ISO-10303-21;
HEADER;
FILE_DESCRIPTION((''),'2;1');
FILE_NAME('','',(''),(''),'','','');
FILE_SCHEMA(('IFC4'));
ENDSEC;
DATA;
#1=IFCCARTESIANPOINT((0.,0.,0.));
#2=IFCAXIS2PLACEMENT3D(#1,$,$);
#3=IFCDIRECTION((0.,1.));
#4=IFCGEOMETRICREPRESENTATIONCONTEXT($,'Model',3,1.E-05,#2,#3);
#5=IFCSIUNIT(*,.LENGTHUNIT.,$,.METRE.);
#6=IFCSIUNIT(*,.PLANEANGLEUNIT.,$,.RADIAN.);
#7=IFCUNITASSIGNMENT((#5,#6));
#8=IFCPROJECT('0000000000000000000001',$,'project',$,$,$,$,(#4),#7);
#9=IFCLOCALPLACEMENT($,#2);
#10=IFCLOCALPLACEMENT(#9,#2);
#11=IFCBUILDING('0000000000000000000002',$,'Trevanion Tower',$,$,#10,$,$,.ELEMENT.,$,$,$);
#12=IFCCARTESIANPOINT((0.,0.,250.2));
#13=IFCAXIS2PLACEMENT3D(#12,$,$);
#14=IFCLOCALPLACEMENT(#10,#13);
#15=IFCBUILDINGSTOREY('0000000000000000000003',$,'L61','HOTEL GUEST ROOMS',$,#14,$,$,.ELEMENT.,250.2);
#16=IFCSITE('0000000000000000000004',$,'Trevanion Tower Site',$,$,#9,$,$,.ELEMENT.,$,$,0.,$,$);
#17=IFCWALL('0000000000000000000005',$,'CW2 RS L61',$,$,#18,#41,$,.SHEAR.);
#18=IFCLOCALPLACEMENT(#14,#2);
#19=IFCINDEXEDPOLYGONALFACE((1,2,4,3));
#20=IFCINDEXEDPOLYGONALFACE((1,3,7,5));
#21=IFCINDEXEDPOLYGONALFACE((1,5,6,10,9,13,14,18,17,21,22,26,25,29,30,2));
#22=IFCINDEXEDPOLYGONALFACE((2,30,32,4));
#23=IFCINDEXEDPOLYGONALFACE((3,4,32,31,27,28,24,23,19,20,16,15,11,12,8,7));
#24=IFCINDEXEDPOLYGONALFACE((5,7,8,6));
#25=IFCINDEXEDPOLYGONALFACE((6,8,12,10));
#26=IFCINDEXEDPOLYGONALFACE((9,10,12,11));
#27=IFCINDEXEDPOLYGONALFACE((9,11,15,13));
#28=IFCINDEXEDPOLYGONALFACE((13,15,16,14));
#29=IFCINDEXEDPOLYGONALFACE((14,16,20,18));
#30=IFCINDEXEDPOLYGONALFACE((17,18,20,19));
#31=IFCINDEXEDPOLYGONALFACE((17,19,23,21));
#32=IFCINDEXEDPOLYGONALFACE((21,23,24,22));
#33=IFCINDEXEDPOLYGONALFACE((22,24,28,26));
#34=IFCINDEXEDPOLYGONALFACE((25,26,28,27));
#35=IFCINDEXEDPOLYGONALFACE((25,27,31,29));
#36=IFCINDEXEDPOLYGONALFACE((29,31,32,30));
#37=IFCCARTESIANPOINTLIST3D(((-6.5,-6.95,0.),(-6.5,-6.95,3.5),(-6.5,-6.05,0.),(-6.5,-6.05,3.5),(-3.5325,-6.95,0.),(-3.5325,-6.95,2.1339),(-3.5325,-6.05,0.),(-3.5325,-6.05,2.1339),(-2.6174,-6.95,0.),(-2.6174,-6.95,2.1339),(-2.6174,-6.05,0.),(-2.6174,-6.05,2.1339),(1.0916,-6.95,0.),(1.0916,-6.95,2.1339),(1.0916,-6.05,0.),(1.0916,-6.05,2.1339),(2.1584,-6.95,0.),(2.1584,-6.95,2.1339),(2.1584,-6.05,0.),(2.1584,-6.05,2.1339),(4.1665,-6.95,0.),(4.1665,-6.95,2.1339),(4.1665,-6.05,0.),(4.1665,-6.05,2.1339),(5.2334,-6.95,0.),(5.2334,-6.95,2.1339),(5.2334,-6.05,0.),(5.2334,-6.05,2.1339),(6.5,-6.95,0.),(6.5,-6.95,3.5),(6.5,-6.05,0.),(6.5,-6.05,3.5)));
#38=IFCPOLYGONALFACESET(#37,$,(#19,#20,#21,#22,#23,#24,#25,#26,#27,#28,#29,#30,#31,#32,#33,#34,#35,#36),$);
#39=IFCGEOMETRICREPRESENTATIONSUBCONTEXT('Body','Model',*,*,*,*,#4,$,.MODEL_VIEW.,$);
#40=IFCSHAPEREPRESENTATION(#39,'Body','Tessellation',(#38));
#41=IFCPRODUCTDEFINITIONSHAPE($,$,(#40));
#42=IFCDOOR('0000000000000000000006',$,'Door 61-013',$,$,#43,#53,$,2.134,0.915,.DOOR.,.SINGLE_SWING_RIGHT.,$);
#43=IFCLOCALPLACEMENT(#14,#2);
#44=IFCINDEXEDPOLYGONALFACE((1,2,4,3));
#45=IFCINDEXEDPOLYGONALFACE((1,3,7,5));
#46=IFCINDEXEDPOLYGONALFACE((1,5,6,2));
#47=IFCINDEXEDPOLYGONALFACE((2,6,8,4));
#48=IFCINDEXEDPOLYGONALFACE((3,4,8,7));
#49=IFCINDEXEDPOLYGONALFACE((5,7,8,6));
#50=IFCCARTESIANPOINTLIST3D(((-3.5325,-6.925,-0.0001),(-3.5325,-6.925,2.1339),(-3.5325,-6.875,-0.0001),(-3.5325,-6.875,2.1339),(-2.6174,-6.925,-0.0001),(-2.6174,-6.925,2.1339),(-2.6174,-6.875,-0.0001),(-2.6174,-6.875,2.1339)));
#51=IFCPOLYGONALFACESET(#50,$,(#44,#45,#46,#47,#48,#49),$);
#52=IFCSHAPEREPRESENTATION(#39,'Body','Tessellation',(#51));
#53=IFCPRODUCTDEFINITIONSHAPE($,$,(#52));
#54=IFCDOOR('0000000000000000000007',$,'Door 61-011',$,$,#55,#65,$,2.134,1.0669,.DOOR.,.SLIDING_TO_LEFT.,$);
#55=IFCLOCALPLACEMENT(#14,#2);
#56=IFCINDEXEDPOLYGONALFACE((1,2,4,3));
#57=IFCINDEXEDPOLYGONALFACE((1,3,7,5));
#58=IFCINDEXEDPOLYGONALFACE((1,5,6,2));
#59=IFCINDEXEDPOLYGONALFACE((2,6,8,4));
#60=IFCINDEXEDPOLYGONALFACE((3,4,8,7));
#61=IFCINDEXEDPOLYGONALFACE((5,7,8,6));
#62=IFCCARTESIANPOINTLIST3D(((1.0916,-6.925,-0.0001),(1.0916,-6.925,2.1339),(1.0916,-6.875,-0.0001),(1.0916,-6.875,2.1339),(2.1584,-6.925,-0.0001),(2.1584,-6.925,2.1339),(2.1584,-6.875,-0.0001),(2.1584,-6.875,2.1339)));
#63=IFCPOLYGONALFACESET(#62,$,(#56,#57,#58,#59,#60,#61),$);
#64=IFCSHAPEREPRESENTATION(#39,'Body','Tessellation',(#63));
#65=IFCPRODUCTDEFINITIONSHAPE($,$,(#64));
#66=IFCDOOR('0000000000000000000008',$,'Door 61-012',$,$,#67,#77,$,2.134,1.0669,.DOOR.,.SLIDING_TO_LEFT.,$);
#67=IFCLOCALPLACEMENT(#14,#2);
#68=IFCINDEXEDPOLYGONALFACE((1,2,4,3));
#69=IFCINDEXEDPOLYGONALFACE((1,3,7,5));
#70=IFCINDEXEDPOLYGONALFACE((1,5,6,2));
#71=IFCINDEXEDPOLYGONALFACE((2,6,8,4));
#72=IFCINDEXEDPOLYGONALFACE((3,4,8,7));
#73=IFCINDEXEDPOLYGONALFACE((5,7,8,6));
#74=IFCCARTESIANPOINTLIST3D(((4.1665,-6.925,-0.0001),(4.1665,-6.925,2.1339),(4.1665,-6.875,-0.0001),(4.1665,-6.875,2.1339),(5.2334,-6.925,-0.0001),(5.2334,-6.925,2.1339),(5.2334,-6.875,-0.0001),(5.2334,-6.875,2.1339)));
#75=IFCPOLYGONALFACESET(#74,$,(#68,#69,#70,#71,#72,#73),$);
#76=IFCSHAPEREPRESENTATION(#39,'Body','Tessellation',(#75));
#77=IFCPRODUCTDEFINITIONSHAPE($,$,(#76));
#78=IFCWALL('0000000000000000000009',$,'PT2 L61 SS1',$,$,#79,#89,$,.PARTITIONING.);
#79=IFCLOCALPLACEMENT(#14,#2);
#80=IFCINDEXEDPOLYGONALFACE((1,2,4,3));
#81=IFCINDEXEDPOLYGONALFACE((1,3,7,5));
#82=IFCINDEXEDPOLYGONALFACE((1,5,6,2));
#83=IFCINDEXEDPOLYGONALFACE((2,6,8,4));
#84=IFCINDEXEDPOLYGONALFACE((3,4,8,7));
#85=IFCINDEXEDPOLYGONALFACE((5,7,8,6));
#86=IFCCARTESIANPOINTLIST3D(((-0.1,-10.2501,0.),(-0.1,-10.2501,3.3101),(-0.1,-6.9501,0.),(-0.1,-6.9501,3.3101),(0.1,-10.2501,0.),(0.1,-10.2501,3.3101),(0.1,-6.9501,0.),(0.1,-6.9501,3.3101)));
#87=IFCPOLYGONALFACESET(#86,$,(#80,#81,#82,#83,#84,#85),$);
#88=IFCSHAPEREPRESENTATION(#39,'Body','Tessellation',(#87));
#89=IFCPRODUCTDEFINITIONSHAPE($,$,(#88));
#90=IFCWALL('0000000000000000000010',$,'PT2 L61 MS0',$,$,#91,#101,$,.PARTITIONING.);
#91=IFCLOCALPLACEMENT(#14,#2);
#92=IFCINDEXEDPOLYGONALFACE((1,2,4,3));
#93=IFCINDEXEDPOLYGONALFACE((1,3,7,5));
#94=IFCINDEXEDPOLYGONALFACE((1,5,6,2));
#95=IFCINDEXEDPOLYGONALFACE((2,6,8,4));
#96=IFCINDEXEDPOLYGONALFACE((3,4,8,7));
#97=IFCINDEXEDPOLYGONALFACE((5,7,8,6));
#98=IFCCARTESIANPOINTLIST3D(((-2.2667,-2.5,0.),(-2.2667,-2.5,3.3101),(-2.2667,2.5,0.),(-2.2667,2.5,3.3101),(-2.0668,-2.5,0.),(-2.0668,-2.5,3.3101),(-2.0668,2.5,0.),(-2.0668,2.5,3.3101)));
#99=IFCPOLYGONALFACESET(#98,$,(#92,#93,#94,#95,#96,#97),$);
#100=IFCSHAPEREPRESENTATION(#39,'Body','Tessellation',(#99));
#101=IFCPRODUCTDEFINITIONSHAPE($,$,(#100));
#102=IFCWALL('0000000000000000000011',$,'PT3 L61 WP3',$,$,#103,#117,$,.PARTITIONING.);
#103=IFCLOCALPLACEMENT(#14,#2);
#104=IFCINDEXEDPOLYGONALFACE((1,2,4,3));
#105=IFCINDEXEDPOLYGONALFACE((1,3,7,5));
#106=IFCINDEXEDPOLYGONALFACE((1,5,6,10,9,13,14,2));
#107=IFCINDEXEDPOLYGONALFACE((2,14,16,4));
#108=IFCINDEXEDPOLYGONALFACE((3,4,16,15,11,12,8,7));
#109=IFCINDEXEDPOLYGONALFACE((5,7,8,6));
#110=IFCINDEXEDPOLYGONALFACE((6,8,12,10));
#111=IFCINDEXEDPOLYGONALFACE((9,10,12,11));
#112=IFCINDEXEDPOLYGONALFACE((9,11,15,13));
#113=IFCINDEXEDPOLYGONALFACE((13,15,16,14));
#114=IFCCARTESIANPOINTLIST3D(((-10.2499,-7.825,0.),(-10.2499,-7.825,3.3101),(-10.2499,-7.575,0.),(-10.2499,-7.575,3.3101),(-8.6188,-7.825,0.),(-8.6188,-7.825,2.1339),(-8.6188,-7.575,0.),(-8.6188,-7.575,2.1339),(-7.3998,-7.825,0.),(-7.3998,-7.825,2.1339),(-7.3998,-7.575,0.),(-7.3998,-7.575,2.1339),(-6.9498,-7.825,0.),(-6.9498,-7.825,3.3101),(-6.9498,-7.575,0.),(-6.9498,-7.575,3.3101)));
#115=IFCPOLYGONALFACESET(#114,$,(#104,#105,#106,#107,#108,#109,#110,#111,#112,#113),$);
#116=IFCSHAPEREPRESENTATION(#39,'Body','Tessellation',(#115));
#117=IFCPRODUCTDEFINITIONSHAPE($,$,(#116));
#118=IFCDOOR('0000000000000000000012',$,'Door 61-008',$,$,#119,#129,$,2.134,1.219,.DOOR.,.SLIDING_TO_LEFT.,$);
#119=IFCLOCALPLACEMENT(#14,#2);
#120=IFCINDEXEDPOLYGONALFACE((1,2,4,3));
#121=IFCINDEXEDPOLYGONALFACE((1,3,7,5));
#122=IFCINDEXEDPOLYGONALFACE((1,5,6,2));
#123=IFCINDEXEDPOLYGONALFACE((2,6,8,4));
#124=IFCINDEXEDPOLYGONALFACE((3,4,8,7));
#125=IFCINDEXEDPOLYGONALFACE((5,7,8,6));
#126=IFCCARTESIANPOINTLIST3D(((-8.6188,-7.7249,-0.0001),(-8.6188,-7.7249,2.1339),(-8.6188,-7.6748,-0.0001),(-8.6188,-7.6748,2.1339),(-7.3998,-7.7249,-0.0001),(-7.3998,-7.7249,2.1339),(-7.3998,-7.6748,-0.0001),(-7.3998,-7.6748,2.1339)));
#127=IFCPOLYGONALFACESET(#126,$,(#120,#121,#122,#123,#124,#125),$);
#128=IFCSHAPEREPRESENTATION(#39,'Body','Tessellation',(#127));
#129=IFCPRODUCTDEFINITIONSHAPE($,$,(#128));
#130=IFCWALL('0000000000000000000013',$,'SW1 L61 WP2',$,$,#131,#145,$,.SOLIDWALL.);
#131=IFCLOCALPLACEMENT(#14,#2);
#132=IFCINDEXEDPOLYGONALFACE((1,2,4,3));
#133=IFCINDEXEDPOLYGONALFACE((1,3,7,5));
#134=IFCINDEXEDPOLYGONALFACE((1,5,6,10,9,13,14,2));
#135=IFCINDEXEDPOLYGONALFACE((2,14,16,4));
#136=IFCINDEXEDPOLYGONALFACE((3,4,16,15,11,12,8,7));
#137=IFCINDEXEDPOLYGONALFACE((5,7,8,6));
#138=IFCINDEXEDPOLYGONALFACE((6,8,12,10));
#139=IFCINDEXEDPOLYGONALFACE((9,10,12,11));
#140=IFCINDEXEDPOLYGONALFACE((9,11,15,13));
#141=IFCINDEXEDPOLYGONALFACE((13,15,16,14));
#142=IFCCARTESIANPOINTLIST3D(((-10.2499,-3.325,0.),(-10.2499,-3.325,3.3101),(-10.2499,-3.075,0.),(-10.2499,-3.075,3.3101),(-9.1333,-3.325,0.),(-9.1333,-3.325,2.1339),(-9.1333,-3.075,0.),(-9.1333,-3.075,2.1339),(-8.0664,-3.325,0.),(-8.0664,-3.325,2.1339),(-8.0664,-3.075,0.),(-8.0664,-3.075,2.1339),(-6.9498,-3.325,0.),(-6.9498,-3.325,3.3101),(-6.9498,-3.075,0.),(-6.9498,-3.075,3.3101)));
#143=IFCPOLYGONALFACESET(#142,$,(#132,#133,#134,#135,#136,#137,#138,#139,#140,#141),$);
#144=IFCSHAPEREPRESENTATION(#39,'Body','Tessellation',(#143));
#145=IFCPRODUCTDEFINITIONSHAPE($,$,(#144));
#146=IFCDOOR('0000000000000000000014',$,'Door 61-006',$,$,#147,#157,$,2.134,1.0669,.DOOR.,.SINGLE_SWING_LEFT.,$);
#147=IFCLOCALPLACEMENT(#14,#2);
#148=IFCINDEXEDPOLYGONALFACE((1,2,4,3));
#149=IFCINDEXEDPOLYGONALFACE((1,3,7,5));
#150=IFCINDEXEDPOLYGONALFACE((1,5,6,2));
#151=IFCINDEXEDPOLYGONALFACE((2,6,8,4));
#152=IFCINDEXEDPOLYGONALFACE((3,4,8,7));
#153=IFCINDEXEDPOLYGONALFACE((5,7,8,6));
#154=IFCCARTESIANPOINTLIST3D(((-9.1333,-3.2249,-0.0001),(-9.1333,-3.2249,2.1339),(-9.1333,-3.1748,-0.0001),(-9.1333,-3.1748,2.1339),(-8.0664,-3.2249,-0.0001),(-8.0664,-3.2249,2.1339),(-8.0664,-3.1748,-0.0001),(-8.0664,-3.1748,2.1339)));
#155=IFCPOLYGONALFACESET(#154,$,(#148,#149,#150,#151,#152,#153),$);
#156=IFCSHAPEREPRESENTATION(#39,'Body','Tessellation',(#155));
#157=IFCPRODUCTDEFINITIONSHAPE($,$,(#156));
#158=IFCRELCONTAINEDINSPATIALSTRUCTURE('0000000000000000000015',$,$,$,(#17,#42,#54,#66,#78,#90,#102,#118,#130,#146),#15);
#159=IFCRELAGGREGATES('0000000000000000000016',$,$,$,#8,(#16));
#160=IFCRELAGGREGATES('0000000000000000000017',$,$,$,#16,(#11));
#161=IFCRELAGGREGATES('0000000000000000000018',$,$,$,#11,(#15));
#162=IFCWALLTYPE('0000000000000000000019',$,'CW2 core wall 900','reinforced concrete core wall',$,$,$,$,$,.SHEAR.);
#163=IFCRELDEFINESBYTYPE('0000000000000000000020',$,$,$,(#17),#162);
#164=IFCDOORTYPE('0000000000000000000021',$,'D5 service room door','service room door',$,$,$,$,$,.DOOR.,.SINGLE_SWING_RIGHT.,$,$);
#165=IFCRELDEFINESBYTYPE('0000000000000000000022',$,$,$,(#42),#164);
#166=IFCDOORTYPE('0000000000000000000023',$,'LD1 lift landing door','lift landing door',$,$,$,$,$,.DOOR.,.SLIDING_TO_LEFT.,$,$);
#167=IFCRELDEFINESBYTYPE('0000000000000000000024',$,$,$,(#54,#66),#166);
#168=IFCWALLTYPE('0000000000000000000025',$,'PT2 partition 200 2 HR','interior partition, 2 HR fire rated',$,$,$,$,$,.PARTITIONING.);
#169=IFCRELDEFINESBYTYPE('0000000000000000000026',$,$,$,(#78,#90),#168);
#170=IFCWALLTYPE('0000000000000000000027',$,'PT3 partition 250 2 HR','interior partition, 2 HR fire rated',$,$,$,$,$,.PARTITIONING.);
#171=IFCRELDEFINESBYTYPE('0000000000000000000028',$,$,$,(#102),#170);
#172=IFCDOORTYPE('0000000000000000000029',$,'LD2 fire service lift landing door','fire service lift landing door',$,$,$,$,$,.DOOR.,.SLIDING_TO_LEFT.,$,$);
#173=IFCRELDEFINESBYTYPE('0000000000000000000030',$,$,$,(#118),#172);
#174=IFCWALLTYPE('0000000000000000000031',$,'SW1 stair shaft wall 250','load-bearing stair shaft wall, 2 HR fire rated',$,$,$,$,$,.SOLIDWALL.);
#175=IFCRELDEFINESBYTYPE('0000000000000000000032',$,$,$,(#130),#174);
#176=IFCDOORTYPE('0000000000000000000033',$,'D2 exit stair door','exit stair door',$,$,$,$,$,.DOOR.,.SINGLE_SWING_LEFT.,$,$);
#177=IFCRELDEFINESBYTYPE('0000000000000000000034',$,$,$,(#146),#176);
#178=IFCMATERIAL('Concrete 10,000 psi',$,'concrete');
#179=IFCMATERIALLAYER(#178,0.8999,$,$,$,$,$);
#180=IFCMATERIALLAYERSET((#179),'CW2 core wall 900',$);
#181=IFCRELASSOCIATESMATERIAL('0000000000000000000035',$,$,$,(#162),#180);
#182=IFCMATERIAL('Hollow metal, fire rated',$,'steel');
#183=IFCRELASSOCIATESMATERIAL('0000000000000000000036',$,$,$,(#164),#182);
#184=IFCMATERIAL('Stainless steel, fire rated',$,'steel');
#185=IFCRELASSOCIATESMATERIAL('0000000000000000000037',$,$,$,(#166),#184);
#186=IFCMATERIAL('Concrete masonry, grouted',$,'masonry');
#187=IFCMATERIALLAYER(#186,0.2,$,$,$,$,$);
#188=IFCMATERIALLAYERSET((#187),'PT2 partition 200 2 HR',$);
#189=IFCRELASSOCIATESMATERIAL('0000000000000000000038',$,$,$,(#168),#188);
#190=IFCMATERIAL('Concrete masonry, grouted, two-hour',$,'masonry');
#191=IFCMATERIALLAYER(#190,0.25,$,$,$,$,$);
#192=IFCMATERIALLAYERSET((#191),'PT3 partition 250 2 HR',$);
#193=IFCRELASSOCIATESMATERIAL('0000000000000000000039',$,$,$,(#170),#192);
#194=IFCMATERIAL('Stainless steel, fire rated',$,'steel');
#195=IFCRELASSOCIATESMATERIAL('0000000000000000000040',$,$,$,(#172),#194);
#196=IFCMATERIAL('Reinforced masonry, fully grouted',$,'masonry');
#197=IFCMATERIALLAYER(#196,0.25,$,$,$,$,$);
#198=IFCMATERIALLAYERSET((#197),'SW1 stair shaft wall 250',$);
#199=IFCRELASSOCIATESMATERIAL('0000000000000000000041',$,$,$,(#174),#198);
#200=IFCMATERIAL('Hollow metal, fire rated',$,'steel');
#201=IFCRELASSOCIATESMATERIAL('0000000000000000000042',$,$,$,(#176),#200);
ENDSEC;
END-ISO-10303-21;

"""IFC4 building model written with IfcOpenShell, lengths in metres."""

from ifc_helpers import new_model, si_unit, direction, frame, frame_2d, origin, place, context, subcontext, project, spatial, rectangle, extrude, material, layer, layer_set, type_object, element, fill, save


model = new_model("IFC4")

# Units and contexts
model_context = context("Model", 3, precision=1e-05, world=origin(), true_north=direction((0.0, 1.0)))
body_context = subcontext(model_context, "Body", "Model", "MODEL_VIEW")
ifc_project = project(units=[si_unit("LENGTHUNIT", "METRE"), si_unit("PLANEANGLEUNIT", "RADIAN")], contexts=[model_context])

# Site, building, storey
site_placement = place(None, origin())
site = spatial("IfcSite", under=ifc_project, at=site_placement, Name="Trevanion Tower Site", CompositionType="ELEMENT", RefElevation=0.0)
building_placement = place(site_placement, origin())
building = spatial("IfcBuilding", under=site, at=building_placement, Name="Trevanion Tower", CompositionType="ELEMENT")
storey_placement = place(building_placement, frame((0.0, 0.0, 250.2)))
storey = spatial("IfcBuildingStorey", under=building, at=storey_placement, Name="L61", Description="HOTEL GUEST ROOMS", CompositionType="ELEMENT", Elevation=250.2)

# Shared definitions
ifc_material_1 = material(Name="Concrete 10,000 psi", Category="concrete")
ifc_layer_1 = layer(ifc_material_1, 0.8999)
ifc_layer_set_1 = layer_set([ifc_layer_1], Name="CW2 core wall 900")
wall_type_1 = type_object("IfcWallType", Name="CW2 core wall 900", Description="reinforced concrete core wall", PredefinedType="SHEAR", material=ifc_layer_set_1)

# Wall, openings, doors
wall_1_placement = place(storey_placement, frame((-6.5, -6.5, 0.0), z_axis=(0.0, 0.0, 1.0), x_axis=(1.0, 0.0, 0.0)))
wall_1 = element("IfcWall", 1, at=wall_1_placement, inside=storey, type_object=wall_type_1, Name="CW2 RS L61", PredefinedType="SHEAR", context=body_context, shape_type="SweptSolid", body=[
    extrude(rectangle(XDim=13.0, YDim=0.8999, at=frame_2d((6.5, 0.0))), origin(), (0.0, 0.0, 1.0), 3.5),
])
opening_1_placement = place(wall_1_placement, frame((7.5916, 0.0, 0.0)))
opening_1 = element("IfcOpeningElement", 2, at=opening_1_placement, cuts=wall_1, PredefinedType="OPENING", context=body_context, shape_type="SweptSolid", body=[
    extrude(rectangle(XDim=1.0669, YDim=2.134, at=frame_2d((0.5334, 1.0669))), frame((0.0, 0.46, 0.0), z_axis=(0.0, -1.0, 0.0), x_axis=(1.0, 0.0, 0.0)), (0.0, 0.0, 1.0), 0.9199),
])
opening_2_placement = place(wall_1_placement, frame((10.6665, 0.0, 0.0)))
opening_2 = element("IfcOpeningElement", 3, at=opening_2_placement, cuts=wall_1, PredefinedType="OPENING", context=body_context, shape_type="SweptSolid", body=[
    extrude(rectangle(XDim=1.0669, YDim=2.134, at=frame_2d((0.5334, 1.0669))), frame((0.0, 0.46, 0.0), z_axis=(0.0, -1.0, 0.0), x_axis=(1.0, 0.0, 0.0)), (0.0, 0.0, 1.0), 0.9199),
])
opening_3_placement = place(wall_1_placement, frame((2.9675, 0.0, 0.0)))
opening_3 = element("IfcOpeningElement", 4, at=opening_3_placement, cuts=wall_1, PredefinedType="OPENING", context=body_context, shape_type="SweptSolid", body=[
    extrude(rectangle(XDim=0.915, YDim=2.134, at=frame_2d((0.4575, 1.0669))), frame((0.0, 0.46, 0.0), z_axis=(0.0, -1.0, 0.0), x_axis=(1.0, 0.0, 0.0)), (0.0, 0.0, 1.0), 0.9199),
])
ifc_material_2 = material(Name="Hollow metal, fire rated", Category="steel")
door_type_1 = type_object("IfcDoorType", Name="D5 service room door", Description="service room door", OperationType="SINGLE_SWING_RIGHT", PredefinedType="DOOR", material=ifc_material_2)
door_1_placement = place(opening_3_placement, origin())
door_1 = element("IfcDoor", 5, at=door_1_placement, inside=storey, type_object=door_type_1, Name="Door 61-013", OperationType="SINGLE_SWING_RIGHT", OverallHeight=2.134, OverallWidth=0.915, PredefinedType="DOOR", context=body_context, shape_type="SweptSolid", body=[
    extrude(rectangle(XDim=0.915, YDim=2.134, at=frame_2d((0.4575, 1.0669))), frame((0.0, -0.375, 0.0), z_axis=(0.0, -1.0, 0.0), x_axis=(1.0, 0.0, 0.0)), (0.0, 0.0, 1.0), 0.05),
])
fill(opening_3, door_1)
ifc_material_3 = material(Name="Stainless steel, fire rated", Category="steel")
door_type_2 = type_object("IfcDoorType", Name="LD1 lift landing door", Description="lift landing door", OperationType="SLIDING_TO_LEFT", PredefinedType="DOOR", material=ifc_material_3)
door_2_placement = place(opening_1_placement, origin())
door_2 = element("IfcDoor", 6, at=door_2_placement, inside=storey, type_object=door_type_2, Name="Door 61-011", OperationType="SLIDING_TO_LEFT", OverallHeight=2.134, OverallWidth=1.0669, PredefinedType="DOOR", context=body_context, shape_type="SweptSolid", body=[
    extrude(rectangle(XDim=1.0669, YDim=2.134, at=frame_2d((0.5334, 1.0669))), frame((0.0, -0.375, 0.0), z_axis=(0.0, -1.0, 0.0), x_axis=(1.0, 0.0, 0.0)), (0.0, 0.0, 1.0), 0.05),
])
fill(opening_1, door_2)
door_3_placement = place(opening_2_placement, origin())
door_3 = element("IfcDoor", 7, at=door_3_placement, inside=storey, type_object=door_type_2, Name="Door 61-012", OperationType="SLIDING_TO_LEFT", OverallHeight=2.134, OverallWidth=1.0669, PredefinedType="DOOR", context=body_context, shape_type="SweptSolid", body=[
    extrude(rectangle(XDim=1.0669, YDim=2.134, at=frame_2d((0.5334, 1.0669))), frame((0.0, -0.375, 0.0), z_axis=(0.0, -1.0, 0.0), x_axis=(1.0, 0.0, 0.0)), (0.0, 0.0, 1.0), 0.05),
])
fill(opening_2, door_3)

# Walls
ifc_material_4 = material(Name="Concrete masonry, grouted", Category="masonry")
ifc_layer_2 = layer(ifc_material_4, 0.2)
ifc_layer_set_2 = layer_set([ifc_layer_2], Name="PT2 partition 200 2 HR")
wall_type_2 = type_object("IfcWallType", Name="PT2 partition 200 2 HR", Description="interior partition, 2 HR fire rated", PredefinedType="PARTITIONING", material=ifc_layer_set_2)
wall_2_placement = place(storey_placement, frame((0.0, -10.25, 0.0), z_axis=(0.0, 0.0, 1.0), x_axis=(0.0, 1.0, 0.0)))
element("IfcWall", 8, at=wall_2_placement, inside=storey, type_object=wall_type_2, Name="PT2 L61 SS1", PredefinedType="PARTITIONING", context=body_context, shape_type="SweptSolid", body=[
    extrude(rectangle(XDim=3.3, YDim=0.2, at=frame_2d((1.6499, 0.0))), origin(), (0.0, 0.0, 1.0), 3.3101),
])
wall_3_placement = place(storey_placement, frame((-2.1667, -2.5, 0.0), z_axis=(0.0, 0.0, 1.0), x_axis=(0.0, 1.0, 0.0)))
element("IfcWall", 9, at=wall_3_placement, inside=storey, type_object=wall_type_2, Name="PT2 L61 MS0", PredefinedType="PARTITIONING", context=body_context, shape_type="SweptSolid", body=[
    extrude(rectangle(XDim=5.0, YDim=0.2, at=frame_2d((2.5, 0.0))), origin(), (0.0, 0.0, 1.0), 3.3101),
])

# Walls, openings, doors
ifc_material_5 = material(Name="Concrete masonry, grouted, two-hour", Category="masonry")
ifc_layer_3 = layer(ifc_material_5, 0.25)
ifc_layer_set_3 = layer_set([ifc_layer_3], Name="PT3 partition 250 2 HR")
wall_type_3 = type_object("IfcWallType", Name="PT3 partition 250 2 HR", Description="interior partition, 2 HR fire rated", PredefinedType="PARTITIONING", material=ifc_layer_set_3)
wall_4_placement = place(storey_placement, frame((-6.95, -7.7, 0.0), z_axis=(0.0, 0.0, 1.0), x_axis=(-1.0, 0.0, 0.0)))
wall_4 = element("IfcWall", 10, at=wall_4_placement, inside=storey, type_object=wall_type_3, Name="PT3 L61 WP3", PredefinedType="PARTITIONING", context=body_context, shape_type="SweptSolid", body=[
    extrude(rectangle(XDim=3.3, YDim=0.25, at=frame_2d((1.6499, 0.0))), origin(), (0.0, 0.0, 1.0), 3.3101),
])
opening_4_placement = place(wall_4_placement, frame((0.45, 0.0, 0.0)))
opening_4 = element("IfcOpeningElement", 11, at=opening_4_placement, cuts=wall_4, PredefinedType="OPENING", context=body_context, shape_type="SweptSolid", body=[
    extrude(rectangle(XDim=1.219, YDim=2.134, at=frame_2d((0.6094, 1.0669))), frame((0.0, 0.135, 0.0), z_axis=(0.0, -1.0, 0.0), x_axis=(1.0, 0.0, 0.0)), (0.0, 0.0, 1.0), 0.27),
])
ifc_material_6 = material(Name="Stainless steel, fire rated", Category="steel")
door_type_3 = type_object("IfcDoorType", Name="LD2 fire service lift landing door", Description="fire service lift landing door", OperationType="SLIDING_TO_LEFT", PredefinedType="DOOR", material=ifc_material_6)
door_4_placement = place(opening_4_placement, origin())
door_4 = element("IfcDoor", 12, at=door_4_placement, inside=storey, type_object=door_type_3, Name="Door 61-008", OperationType="SLIDING_TO_LEFT", OverallHeight=2.134, OverallWidth=1.219, PredefinedType="DOOR", context=body_context, shape_type="SweptSolid", body=[
    extrude(rectangle(XDim=1.219, YDim=2.134, at=frame_2d((0.6094, 1.0669))), frame((0.0, 0.0249, 0.0), z_axis=(0.0, -1.0, 0.0), x_axis=(1.0, 0.0, 0.0)), (0.0, 0.0, 1.0), 0.05),
])
fill(opening_4, door_4)
ifc_material_7 = material(Name="Reinforced masonry, fully grouted", Category="masonry")
ifc_layer_4 = layer(ifc_material_7, 0.25)
ifc_layer_set_4 = layer_set([ifc_layer_4], Name="SW1 stair shaft wall 250")
wall_type_4 = type_object("IfcWallType", Name="SW1 stair shaft wall 250", Description="load-bearing stair shaft wall, 2 HR fire rated", PredefinedType="SOLIDWALL", material=ifc_layer_set_4)
wall_5_placement = place(storey_placement, frame((-6.95, -3.2, 0.0), z_axis=(0.0, 0.0, 1.0), x_axis=(-1.0, 0.0, 0.0)))
wall_5 = element("IfcWall", 13, at=wall_5_placement, inside=storey, type_object=wall_type_4, Name="SW1 L61 WP2", PredefinedType="SOLIDWALL", context=body_context, shape_type="SweptSolid", body=[
    extrude(rectangle(XDim=3.3, YDim=0.25, at=frame_2d((1.6499, 0.0))), origin(), (0.0, 0.0, 1.0), 3.3101),
])
opening_5_placement = place(wall_5_placement, frame((1.1165, 0.0, 0.0)))
opening_5 = element("IfcOpeningElement", 14, at=opening_5_placement, cuts=wall_5, PredefinedType="OPENING", context=body_context, shape_type="SweptSolid", body=[
    extrude(rectangle(XDim=1.0669, YDim=2.134, at=frame_2d((0.5334, 1.0669))), frame((0.0, 0.135, 0.0), z_axis=(0.0, -1.0, 0.0), x_axis=(1.0, 0.0, 0.0)), (0.0, 0.0, 1.0), 0.27),
])
ifc_material_8 = material(Name="Hollow metal, fire rated", Category="steel")
door_type_4 = type_object("IfcDoorType", Name="D2 exit stair door", Description="exit stair door", OperationType="SINGLE_SWING_LEFT", PredefinedType="DOOR", material=ifc_material_8)
door_5_placement = place(opening_5_placement, origin())
door_5 = element("IfcDoor", 15, at=door_5_placement, inside=storey, type_object=door_type_4, Name="Door 61-006", OperationType="SINGLE_SWING_LEFT", OverallHeight=2.134, OverallWidth=1.0669, PredefinedType="DOOR", context=body_context, shape_type="SweptSolid", body=[
    extrude(rectangle(XDim=1.0669, YDim=2.134, at=frame_2d((0.5334, 1.0669))), frame((0.0, 0.0249, 0.0), z_axis=(0.0, -1.0, 0.0), x_axis=(1.0, 0.0, 0.0)), (0.0, 0.0, 1.0), 0.05),
])
fill(opening_5, door_5)

save(model, "model.ifc")
